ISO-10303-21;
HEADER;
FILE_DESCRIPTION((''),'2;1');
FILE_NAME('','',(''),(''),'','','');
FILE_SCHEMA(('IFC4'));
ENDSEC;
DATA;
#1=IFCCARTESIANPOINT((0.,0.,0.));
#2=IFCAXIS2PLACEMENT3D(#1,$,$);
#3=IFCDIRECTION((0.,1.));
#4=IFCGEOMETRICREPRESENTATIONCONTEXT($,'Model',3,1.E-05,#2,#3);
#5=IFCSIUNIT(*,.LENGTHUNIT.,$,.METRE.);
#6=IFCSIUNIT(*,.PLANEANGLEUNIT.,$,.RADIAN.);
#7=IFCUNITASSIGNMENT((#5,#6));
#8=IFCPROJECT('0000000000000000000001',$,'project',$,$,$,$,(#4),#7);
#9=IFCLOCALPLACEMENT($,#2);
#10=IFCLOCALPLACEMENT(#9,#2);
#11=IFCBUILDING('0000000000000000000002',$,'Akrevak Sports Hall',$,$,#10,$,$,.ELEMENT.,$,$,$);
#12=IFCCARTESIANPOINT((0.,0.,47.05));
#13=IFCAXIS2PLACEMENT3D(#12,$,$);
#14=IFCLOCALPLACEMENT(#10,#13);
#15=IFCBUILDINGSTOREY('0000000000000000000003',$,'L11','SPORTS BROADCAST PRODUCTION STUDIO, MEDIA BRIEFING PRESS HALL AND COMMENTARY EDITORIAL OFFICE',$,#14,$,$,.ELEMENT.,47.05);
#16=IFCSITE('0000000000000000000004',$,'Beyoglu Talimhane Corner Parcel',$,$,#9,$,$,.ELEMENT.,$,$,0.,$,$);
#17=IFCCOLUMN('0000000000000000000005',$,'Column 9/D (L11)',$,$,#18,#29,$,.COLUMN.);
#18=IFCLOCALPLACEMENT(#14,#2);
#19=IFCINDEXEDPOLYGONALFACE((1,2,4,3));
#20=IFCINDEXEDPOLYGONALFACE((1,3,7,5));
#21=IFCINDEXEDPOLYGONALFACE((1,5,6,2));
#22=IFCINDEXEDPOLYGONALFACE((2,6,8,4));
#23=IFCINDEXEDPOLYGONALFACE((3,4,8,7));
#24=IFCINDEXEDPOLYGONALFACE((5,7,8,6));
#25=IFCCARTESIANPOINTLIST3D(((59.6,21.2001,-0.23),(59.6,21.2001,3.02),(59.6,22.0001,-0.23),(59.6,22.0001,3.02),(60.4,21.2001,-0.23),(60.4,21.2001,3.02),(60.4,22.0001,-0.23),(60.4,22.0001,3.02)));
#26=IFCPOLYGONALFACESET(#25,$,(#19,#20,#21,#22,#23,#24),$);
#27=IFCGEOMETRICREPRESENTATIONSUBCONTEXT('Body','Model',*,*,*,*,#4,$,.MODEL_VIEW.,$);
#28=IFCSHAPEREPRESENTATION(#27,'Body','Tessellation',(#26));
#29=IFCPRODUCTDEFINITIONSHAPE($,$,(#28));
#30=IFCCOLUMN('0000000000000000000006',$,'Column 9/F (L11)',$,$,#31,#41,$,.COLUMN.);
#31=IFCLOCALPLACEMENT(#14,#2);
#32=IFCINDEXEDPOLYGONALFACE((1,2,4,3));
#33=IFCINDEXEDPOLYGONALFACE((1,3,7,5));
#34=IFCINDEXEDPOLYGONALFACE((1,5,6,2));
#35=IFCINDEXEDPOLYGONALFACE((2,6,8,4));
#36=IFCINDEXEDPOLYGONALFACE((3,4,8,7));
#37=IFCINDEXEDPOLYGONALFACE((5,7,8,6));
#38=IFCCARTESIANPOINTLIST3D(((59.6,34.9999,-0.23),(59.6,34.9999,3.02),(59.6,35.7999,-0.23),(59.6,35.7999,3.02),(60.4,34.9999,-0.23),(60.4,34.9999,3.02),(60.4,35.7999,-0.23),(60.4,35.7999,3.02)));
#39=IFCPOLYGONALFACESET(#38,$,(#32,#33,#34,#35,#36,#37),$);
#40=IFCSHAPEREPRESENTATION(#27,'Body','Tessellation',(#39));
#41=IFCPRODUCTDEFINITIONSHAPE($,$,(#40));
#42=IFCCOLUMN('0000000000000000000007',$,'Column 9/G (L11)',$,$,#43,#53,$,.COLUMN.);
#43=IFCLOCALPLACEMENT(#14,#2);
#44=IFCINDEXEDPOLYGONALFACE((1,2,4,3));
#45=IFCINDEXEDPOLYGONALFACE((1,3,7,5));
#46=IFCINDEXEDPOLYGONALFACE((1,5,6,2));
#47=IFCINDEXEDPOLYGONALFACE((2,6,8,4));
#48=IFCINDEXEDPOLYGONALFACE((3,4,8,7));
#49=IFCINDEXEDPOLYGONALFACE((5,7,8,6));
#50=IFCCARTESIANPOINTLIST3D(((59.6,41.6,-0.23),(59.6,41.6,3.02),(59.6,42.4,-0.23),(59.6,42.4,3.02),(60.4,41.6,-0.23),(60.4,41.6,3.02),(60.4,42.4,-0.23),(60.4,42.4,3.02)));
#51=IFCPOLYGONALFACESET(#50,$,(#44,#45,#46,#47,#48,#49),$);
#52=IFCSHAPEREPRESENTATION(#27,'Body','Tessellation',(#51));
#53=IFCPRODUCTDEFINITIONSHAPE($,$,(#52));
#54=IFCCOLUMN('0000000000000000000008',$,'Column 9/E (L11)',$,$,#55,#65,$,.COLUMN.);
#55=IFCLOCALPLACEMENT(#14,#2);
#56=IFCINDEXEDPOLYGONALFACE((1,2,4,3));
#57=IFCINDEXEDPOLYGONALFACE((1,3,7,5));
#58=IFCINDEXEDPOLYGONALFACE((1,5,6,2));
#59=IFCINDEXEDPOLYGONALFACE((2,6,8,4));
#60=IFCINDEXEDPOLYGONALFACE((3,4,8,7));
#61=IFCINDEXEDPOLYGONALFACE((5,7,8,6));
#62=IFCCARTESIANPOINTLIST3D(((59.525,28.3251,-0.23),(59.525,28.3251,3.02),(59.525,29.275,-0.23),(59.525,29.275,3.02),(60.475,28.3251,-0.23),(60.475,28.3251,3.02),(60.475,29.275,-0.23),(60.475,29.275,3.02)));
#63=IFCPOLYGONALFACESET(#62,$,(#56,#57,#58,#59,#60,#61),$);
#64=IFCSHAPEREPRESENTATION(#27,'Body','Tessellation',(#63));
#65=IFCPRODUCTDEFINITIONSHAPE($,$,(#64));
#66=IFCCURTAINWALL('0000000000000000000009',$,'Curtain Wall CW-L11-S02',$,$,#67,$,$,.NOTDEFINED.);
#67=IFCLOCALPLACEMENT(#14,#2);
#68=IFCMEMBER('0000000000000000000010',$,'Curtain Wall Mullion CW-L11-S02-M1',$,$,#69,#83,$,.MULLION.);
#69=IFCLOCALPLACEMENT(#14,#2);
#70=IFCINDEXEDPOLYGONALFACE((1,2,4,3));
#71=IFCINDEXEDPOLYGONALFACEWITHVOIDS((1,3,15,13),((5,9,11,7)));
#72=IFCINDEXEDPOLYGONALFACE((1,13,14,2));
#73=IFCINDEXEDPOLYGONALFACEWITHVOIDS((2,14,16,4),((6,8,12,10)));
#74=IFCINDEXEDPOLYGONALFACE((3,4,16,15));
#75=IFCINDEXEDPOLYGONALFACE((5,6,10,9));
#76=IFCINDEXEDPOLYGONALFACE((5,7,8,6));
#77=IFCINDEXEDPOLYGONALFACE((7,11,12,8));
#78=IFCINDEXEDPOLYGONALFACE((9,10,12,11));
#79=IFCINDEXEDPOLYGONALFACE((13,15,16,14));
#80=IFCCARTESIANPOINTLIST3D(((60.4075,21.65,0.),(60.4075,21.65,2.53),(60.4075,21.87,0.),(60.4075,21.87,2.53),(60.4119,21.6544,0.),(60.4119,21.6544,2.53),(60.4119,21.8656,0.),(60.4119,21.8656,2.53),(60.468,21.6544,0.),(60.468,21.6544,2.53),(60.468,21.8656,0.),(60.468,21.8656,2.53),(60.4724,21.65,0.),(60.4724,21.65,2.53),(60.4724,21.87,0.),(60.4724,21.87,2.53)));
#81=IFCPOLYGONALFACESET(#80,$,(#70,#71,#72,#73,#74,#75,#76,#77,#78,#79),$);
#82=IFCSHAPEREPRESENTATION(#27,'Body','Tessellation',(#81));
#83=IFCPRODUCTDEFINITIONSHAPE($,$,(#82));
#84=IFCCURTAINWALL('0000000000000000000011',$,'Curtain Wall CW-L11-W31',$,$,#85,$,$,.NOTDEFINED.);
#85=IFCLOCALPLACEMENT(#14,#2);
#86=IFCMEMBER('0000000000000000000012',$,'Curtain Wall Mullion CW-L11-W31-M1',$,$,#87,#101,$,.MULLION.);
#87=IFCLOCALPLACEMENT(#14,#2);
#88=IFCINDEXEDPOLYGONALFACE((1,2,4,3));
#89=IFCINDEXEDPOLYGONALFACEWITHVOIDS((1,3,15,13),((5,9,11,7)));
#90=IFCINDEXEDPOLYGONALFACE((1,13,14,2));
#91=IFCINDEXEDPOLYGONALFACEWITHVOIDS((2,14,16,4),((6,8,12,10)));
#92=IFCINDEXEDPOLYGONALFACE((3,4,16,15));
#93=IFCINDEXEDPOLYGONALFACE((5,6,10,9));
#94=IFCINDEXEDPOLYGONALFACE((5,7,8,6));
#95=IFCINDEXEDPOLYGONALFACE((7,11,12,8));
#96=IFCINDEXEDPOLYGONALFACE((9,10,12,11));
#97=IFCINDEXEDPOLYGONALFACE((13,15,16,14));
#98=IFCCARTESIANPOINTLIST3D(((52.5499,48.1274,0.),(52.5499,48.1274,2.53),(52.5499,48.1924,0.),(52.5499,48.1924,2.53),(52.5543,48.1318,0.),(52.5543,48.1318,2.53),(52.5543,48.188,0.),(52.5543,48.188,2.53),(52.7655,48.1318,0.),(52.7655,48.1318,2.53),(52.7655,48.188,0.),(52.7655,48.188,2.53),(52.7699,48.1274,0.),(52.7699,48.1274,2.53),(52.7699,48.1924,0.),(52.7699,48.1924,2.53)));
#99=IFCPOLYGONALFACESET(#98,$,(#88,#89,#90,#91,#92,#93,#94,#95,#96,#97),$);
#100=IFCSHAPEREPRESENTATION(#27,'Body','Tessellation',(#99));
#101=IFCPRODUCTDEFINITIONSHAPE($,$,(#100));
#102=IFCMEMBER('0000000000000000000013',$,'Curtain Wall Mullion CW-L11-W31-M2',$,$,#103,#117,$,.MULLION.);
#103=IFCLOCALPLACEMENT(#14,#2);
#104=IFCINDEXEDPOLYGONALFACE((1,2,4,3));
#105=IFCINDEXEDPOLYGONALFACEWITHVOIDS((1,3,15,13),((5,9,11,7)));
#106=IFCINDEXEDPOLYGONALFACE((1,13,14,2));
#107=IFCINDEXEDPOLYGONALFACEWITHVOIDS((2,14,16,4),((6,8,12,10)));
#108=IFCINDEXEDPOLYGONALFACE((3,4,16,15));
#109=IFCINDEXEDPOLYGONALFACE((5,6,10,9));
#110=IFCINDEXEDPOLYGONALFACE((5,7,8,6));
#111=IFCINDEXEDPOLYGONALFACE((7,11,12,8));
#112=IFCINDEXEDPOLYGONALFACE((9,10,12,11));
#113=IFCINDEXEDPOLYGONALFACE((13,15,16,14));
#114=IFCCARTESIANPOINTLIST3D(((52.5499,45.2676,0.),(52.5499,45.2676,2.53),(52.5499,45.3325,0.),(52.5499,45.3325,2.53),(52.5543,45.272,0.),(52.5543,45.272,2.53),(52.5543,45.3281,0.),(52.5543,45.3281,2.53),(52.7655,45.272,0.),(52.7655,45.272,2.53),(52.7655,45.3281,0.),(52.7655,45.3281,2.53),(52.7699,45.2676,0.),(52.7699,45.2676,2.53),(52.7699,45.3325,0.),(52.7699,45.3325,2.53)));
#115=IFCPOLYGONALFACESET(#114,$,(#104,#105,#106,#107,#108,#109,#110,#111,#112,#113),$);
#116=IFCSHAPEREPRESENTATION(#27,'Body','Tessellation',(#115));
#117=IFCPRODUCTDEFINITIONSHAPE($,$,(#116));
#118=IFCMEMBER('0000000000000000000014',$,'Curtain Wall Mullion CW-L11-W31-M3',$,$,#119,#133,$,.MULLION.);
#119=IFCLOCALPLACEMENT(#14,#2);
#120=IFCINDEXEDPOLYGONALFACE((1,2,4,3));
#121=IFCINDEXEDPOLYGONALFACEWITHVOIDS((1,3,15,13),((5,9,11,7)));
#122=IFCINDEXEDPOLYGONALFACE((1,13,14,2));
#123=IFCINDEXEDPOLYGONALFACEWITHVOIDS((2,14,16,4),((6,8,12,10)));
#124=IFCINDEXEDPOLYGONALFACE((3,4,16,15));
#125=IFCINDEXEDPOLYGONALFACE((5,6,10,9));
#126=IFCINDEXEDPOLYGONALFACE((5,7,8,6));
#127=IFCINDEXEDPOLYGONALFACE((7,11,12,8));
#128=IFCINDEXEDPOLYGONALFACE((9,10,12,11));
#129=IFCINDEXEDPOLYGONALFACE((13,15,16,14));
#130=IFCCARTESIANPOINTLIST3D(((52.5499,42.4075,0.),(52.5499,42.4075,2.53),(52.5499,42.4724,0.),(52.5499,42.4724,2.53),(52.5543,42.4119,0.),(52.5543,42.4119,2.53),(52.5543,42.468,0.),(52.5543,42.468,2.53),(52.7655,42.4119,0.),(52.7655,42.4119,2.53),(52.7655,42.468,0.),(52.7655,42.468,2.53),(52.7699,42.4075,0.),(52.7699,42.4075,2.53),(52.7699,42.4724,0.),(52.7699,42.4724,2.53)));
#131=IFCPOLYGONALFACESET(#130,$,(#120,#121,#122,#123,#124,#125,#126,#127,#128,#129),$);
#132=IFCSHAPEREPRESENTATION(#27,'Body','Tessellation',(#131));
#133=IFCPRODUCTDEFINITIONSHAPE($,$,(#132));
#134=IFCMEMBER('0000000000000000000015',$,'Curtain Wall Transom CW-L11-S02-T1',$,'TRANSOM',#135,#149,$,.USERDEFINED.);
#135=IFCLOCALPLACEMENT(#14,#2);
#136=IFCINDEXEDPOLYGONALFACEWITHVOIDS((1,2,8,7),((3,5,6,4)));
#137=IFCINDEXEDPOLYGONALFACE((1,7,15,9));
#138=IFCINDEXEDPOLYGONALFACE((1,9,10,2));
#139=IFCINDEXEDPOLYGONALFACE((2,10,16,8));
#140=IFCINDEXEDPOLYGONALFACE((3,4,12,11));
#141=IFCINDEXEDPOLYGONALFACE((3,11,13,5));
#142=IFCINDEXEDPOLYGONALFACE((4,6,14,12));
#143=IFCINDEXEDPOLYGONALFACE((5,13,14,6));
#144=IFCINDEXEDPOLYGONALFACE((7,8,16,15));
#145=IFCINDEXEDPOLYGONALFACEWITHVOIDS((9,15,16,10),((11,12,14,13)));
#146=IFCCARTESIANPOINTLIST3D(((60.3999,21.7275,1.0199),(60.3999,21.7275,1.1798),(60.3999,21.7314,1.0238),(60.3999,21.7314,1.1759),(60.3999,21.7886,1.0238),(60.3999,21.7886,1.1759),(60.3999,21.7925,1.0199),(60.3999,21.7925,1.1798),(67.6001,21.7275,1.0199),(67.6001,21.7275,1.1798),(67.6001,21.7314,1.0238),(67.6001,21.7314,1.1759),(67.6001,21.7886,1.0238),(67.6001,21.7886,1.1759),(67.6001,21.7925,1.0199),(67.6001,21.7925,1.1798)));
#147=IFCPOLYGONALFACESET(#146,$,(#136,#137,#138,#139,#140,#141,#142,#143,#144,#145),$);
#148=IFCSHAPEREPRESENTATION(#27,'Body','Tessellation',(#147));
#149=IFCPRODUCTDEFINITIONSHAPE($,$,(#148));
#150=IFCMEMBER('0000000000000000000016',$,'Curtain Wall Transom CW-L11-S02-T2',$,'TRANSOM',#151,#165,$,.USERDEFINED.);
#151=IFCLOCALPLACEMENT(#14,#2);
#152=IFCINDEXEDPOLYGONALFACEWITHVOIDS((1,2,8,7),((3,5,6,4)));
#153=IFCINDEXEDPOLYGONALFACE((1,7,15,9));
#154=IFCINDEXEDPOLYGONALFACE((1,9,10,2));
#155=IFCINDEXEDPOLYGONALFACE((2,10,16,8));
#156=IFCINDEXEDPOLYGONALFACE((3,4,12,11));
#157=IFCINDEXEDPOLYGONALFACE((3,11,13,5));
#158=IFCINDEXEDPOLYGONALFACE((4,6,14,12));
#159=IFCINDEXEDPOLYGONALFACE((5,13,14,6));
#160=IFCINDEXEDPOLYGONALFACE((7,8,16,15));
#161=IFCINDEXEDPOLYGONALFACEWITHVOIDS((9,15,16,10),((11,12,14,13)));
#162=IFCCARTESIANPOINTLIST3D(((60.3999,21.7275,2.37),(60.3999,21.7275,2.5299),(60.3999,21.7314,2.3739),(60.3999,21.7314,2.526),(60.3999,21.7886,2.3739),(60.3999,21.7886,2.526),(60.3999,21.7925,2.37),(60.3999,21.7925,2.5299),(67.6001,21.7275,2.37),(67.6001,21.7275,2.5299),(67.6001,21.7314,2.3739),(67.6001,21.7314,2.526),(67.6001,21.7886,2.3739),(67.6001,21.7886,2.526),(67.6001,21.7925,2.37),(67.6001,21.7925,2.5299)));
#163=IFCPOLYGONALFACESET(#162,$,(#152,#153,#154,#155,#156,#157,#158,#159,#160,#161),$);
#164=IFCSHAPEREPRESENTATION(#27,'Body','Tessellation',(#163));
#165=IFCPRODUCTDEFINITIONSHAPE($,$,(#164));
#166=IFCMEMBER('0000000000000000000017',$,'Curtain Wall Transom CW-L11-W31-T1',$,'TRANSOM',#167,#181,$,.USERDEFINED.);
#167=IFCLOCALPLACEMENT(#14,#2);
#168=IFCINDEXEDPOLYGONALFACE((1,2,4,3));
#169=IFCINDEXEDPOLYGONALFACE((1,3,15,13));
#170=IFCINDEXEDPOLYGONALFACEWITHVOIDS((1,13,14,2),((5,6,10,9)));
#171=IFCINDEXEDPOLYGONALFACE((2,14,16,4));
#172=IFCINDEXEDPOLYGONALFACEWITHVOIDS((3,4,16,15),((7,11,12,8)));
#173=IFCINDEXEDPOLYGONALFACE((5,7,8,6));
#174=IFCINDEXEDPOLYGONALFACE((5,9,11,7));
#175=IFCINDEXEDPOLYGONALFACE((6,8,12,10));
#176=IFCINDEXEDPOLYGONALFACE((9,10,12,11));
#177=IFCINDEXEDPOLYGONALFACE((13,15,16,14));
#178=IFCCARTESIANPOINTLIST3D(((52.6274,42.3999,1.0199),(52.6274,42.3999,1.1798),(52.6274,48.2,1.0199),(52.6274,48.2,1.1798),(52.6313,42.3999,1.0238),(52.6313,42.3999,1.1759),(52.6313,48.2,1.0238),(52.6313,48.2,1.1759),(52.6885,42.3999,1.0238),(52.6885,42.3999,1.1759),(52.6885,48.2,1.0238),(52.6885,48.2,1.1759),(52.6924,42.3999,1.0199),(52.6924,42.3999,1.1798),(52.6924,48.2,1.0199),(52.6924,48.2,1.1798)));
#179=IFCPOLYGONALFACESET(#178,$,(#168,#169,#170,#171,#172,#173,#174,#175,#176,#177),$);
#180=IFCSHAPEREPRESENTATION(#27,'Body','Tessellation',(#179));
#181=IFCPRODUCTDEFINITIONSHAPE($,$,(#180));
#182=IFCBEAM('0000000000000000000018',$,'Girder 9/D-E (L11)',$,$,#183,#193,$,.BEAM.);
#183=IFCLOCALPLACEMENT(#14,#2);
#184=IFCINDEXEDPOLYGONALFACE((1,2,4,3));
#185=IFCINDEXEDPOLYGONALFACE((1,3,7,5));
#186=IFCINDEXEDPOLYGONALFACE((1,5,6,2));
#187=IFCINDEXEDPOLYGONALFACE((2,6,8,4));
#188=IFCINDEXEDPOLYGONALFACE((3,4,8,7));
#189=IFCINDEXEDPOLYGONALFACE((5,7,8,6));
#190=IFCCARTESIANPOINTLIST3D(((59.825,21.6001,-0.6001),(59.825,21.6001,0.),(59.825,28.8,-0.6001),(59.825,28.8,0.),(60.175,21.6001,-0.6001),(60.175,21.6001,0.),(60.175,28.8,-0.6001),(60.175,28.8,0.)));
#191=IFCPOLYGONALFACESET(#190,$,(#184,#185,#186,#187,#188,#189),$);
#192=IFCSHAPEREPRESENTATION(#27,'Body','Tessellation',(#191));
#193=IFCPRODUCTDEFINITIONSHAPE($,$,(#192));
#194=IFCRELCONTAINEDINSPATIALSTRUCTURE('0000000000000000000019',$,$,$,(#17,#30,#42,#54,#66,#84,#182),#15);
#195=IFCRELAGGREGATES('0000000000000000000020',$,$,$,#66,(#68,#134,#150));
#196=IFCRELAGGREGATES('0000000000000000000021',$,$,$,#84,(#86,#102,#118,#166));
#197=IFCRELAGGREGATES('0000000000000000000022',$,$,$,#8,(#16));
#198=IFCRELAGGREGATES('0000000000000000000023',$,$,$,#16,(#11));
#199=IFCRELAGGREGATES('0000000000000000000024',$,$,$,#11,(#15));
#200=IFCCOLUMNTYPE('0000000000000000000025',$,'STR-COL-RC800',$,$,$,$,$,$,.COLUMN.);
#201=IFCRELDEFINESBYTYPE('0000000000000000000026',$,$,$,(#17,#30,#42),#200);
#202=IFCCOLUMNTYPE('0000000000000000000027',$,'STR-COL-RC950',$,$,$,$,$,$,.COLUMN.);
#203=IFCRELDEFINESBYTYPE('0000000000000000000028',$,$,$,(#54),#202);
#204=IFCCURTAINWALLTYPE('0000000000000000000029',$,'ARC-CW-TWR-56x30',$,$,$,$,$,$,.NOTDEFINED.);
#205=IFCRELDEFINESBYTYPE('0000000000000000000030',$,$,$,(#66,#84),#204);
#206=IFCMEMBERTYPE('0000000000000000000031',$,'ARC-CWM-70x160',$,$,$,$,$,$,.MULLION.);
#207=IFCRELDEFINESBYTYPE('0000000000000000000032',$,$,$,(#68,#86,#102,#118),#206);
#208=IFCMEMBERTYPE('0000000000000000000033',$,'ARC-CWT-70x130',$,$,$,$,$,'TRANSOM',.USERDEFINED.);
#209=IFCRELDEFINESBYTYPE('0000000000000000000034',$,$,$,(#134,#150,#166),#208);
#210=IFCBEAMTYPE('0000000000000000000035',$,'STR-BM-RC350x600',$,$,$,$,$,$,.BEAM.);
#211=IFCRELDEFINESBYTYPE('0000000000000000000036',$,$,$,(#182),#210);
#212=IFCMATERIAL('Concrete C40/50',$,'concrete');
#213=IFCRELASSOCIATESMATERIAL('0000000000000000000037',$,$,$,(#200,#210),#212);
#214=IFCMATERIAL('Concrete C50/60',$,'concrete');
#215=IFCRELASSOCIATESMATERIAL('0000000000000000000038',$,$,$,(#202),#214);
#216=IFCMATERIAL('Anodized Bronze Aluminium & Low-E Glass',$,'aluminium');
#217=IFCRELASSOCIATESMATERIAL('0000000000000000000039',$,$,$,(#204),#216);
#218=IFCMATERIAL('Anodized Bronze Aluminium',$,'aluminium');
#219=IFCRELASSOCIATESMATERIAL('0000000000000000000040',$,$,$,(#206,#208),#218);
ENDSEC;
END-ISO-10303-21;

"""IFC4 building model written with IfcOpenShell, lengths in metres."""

from ifc_helpers import new_model, si_unit, direction, frame, origin, origin_2d, place, context, subcontext, project, spatial, rectangle, hollow_rectangle, extrude, material, material_profile, profile_set, type_object, element, aggregate, save


model = new_model("IFC4")

# Units and contexts
model_context = context("Model", 3, precision=1e-05, world=origin(), true_north=direction((0.0, 1.0)))
body_context = subcontext(model_context, "Body", "Model", "MODEL_VIEW")
ifc_project = project(units=[si_unit("LENGTHUNIT", "METRE"), si_unit("PLANEANGLEUNIT", "RADIAN")], contexts=[model_context])

# Site, building, storey
site_placement = place(None, origin())
site = spatial("IfcSite", under=ifc_project, at=site_placement, Name="Beyoglu Talimhane Corner Parcel", CompositionType="ELEMENT", RefElevation=0.0)
building_placement = place(site_placement, origin())
building = spatial("IfcBuilding", under=site, at=building_placement, Name="Akrevak Sports Hall", CompositionType="ELEMENT")
storey_placement = place(building_placement, frame((0.0, 0.0, 47.05)))
storey = spatial("IfcBuildingStorey", under=building, at=storey_placement, Name="L11", Description="SPORTS BROADCAST PRODUCTION STUDIO, MEDIA BRIEFING PRESS HALL AND COMMENTARY EDITORIAL OFFICE", CompositionType="ELEMENT", Elevation=47.05)

# Columns
ifc_material_1 = material(Name="Concrete C40/50", Category="concrete")
ifc_material_profile_1 = material_profile(ifc_material_1, rectangle(XDim=0.8, YDim=0.8, at=origin_2d()), Name="RC 800x800", Category="concrete")
ifc_profile_set_1 = profile_set([ifc_material_profile_1], Name="Concrete C40/50")
column_type_1 = type_object("IfcColumnType", Name="STR-COL-RC800", PredefinedType="COLUMN", material=ifc_profile_set_1)
for number, where, z_axis, x_axis, name in (
    (1, (60.0, 21.6001, -0.23), (0.0, 0.0, 1.0), (1.0, 0.0, 0.0), "Column 9/D (L11)"),
    (2, (60.0, 35.3999, -0.23), (0.0, 0.0, 1.0), (1.0, 0.0, 0.0), "Column 9/F (L11)"),
    (3, (60.0, 42.0, -0.23), (0.0, 0.0, 1.0), (1.0, 0.0, 0.0), "Column 9/G (L11)"),
):
    element("IfcColumn", number, at=place(storey_placement, frame(where, z_axis=z_axis, x_axis=x_axis)), inside=storey, type_object=column_type_1, Name=name, PredefinedType="COLUMN", context=body_context, shape_type="SweptSolid", body=[
        extrude(rectangle(XDim=0.8, YDim=0.8, at=origin_2d()), origin(), (0.0, 0.0, 1.0), 3.25),
    ])
ifc_material_2 = material(Name="Concrete C50/60", Category="concrete")
ifc_material_profile_2 = material_profile(ifc_material_2, rectangle(XDim=0.95, YDim=0.95, at=origin_2d()), Name="RC 950x950", Category="concrete")
ifc_profile_set_2 = profile_set([ifc_material_profile_2], Name="Concrete C50/60")
column_type_2 = type_object("IfcColumnType", Name="STR-COL-RC950", PredefinedType="COLUMN", material=ifc_profile_set_2)
column_placement = place(storey_placement, frame((60.0, 28.8, -0.23), z_axis=(0.0, 0.0, 1.0), x_axis=(1.0, 0.0, 0.0)))
element("IfcColumn", 4, at=column_placement, inside=storey, type_object=column_type_2, Name="Column 9/E (L11)", PredefinedType="COLUMN", context=body_context, shape_type="SweptSolid", body=[
    extrude(rectangle(XDim=0.95, YDim=0.95, at=origin_2d()), origin(), (0.0, 0.0, 1.0), 3.25),
])

# Curtain wall, member
ifc_material_3 = material(Name="Anodized Bronze Aluminium & Low-E Glass", Category="aluminium")
curtain_wall_type = type_object("IfcCurtainWallType", Name="ARC-CW-TWR-56x30", PredefinedType="NOTDEFINED", material=ifc_material_3)
curtain_wall_1_placement = place(storey_placement, origin())
curtain_wall_1 = element("IfcCurtainWall", 5, at=curtain_wall_1_placement, inside=storey, type_object=curtain_wall_type, Name="Curtain Wall CW-L11-S02", PredefinedType="NOTDEFINED")
ifc_material_4 = material(Name="Anodized Bronze Aluminium", Category="aluminium")
ifc_material_profile_3 = material_profile(ifc_material_4, hollow_rectangle(XDim=0.0649, YDim=0.22, WallThickness=0.0044, at=origin_2d()), Name="CWM 65x220", Category="aluminium")
ifc_profile_set_3 = profile_set([ifc_material_profile_3], Name="Anodized Bronze Aluminium")
member_type_1 = type_object("IfcMemberType", Name="ARC-CWM-70x160", PredefinedType="MULLION", material=ifc_profile_set_3)
member_1_placement = place(storey_placement, frame((60.4399, 21.76, 0.0), z_axis=(0.0, 0.0, 1.0), x_axis=(1.0, 0.0, 0.0)))
member_1 = element("IfcMember", 6, at=member_1_placement, type_object=member_type_1, Name="Curtain Wall Mullion CW-L11-S02-M1", PredefinedType="MULLION", context=body_context, shape_type="SweptSolid", body=[
    extrude(hollow_rectangle(XDim=0.0649, YDim=0.22, WallThickness=0.0044, at=origin_2d()), origin(), (0.0, 0.0, 1.0), 2.53),
])

# Curtain wall, members
curtain_wall_2_placement = place(storey_placement, origin())
curtain_wall_2 = element("IfcCurtainWall", 7, at=curtain_wall_2_placement, inside=storey, type_object=curtain_wall_type, Name="Curtain Wall CW-L11-W31", PredefinedType="NOTDEFINED")
member_2_placement = place(storey_placement, frame((52.6599, 48.1599, 0.0), z_axis=(0.0, 0.0, 1.0), x_axis=(0.0, -1.0, 0.0)))
member_2 = element("IfcMember", 8, at=member_2_placement, type_object=member_type_1, Name="Curtain Wall Mullion CW-L11-W31-M1", PredefinedType="MULLION", context=body_context, shape_type="SweptSolid", body=[
    extrude(hollow_rectangle(XDim=0.0649, YDim=0.22, WallThickness=0.0044, at=origin_2d()), origin(), (0.0, 0.0, 1.0), 2.53),
])
member_3_placement = place(storey_placement, frame((52.6599, 45.3, 0.0), z_axis=(0.0, 0.0, 1.0), x_axis=(0.0, -1.0, 0.0)))
member_3 = element("IfcMember", 9, at=member_3_placement, type_object=member_type_1, Name="Curtain Wall Mullion CW-L11-W31-M2", PredefinedType="MULLION", context=body_context, shape_type="SweptSolid", body=[
    extrude(hollow_rectangle(XDim=0.0649, YDim=0.22, WallThickness=0.0044, at=origin_2d()), origin(), (0.0, 0.0, 1.0), 2.53),
])
member_4_placement = place(storey_placement, frame((52.6599, 42.4399, 0.0), z_axis=(0.0, 0.0, 1.0), x_axis=(0.0, -1.0, 0.0)))
member_4 = element("IfcMember", 10, at=member_4_placement, type_object=member_type_1, Name="Curtain Wall Mullion CW-L11-W31-M3", PredefinedType="MULLION", context=body_context, shape_type="SweptSolid", body=[
    extrude(hollow_rectangle(XDim=0.0649, YDim=0.22, WallThickness=0.0044, at=origin_2d()), origin(), (0.0, 0.0, 1.0), 2.53),
])

# Members
ifc_material_profile_4 = material_profile(ifc_material_4, hollow_rectangle(XDim=0.0649, YDim=0.1599, WallThickness=0.0039, at=origin_2d()), Name="CWT 65x160", Category="aluminium")
ifc_profile_set_4 = profile_set([ifc_material_profile_4], Name="Anodized Bronze Aluminium")
member_type_2 = type_object("IfcMemberType", Name="ARC-CWT-70x130", ElementType="TRANSOM", PredefinedType="USERDEFINED", material=ifc_profile_set_4)
member_5_placement = place(storey_placement, frame((60.3999, 21.76, 1.0999), z_axis=(1.0, 0.0, 0.0), x_axis=(0.0, 1.0, 0.0)))
member_5 = element("IfcMember", 11, at=member_5_placement, type_object=member_type_2, Name="Curtain Wall Transom CW-L11-S02-T1", ObjectType="TRANSOM", PredefinedType="USERDEFINED", context=body_context, shape_type="SweptSolid", body=[
    extrude(hollow_rectangle(XDim=0.0649, YDim=0.1599, WallThickness=0.0039, at=origin_2d()), origin(), (0.0, 0.0, 1.0), 7.2002),
])
member_6_placement = place(storey_placement, frame((60.3999, 21.76, 2.45), z_axis=(1.0, 0.0, 0.0), x_axis=(0.0, 1.0, 0.0)))
member_6 = element("IfcMember", 12, at=member_6_placement, type_object=member_type_2, Name="Curtain Wall Transom CW-L11-S02-T2", ObjectType="TRANSOM", PredefinedType="USERDEFINED", context=body_context, shape_type="SweptSolid", body=[
    extrude(hollow_rectangle(XDim=0.0649, YDim=0.1599, WallThickness=0.0039, at=origin_2d()), origin(), (0.0, 0.0, 1.0), 7.2002),
])
member_7_placement = place(storey_placement, frame((52.6599, 48.2, 1.0999), z_axis=(0.0, -1.0, 0.0), x_axis=(1.0, 0.0, 0.0)))
member_7 = element("IfcMember", 13, at=member_7_placement, type_object=member_type_2, Name="Curtain Wall Transom CW-L11-W31-T1", ObjectType="TRANSOM", PredefinedType="USERDEFINED", context=body_context, shape_type="SweptSolid", body=[
    extrude(hollow_rectangle(XDim=0.0649, YDim=0.1599, WallThickness=0.0039, at=origin_2d()), origin(), (0.0, 0.0, 1.0), 5.8),
])

# Beam
ifc_material_profile_5 = material_profile(ifc_material_1, rectangle(XDim=0.3501, YDim=0.6001, at=origin_2d()), Name="BM 350x600", Category="concrete")
ifc_profile_set_5 = profile_set([ifc_material_profile_5], Name="Concrete C40/50")
beam_type_1 = type_object("IfcBeamType", Name="STR-BM-RC350x600", PredefinedType="BEAM", material=ifc_profile_set_5)
beam_1_placement = place(storey_placement, frame((60.0, 21.6001, -0.3), z_axis=(0.0, 1.0, 0.0), x_axis=(-1.0, 0.0, 0.0)))
element("IfcBeam", 14, at=beam_1_placement, inside=storey, type_object=beam_type_1, Name="Girder 9/D-E (L11)", PredefinedType="BEAM", context=body_context, shape_type="SweptSolid", body=[
    extrude(rectangle(XDim=0.3501, YDim=0.6001, at=origin_2d()), origin(), (0.0, 0.0, 1.0), 7.2),
])

aggregate(curtain_wall_1, [member_1, member_5, member_6])
aggregate(curtain_wall_2, [member_2, member_3, member_4, member_7])

save(model, "model.ifc")
